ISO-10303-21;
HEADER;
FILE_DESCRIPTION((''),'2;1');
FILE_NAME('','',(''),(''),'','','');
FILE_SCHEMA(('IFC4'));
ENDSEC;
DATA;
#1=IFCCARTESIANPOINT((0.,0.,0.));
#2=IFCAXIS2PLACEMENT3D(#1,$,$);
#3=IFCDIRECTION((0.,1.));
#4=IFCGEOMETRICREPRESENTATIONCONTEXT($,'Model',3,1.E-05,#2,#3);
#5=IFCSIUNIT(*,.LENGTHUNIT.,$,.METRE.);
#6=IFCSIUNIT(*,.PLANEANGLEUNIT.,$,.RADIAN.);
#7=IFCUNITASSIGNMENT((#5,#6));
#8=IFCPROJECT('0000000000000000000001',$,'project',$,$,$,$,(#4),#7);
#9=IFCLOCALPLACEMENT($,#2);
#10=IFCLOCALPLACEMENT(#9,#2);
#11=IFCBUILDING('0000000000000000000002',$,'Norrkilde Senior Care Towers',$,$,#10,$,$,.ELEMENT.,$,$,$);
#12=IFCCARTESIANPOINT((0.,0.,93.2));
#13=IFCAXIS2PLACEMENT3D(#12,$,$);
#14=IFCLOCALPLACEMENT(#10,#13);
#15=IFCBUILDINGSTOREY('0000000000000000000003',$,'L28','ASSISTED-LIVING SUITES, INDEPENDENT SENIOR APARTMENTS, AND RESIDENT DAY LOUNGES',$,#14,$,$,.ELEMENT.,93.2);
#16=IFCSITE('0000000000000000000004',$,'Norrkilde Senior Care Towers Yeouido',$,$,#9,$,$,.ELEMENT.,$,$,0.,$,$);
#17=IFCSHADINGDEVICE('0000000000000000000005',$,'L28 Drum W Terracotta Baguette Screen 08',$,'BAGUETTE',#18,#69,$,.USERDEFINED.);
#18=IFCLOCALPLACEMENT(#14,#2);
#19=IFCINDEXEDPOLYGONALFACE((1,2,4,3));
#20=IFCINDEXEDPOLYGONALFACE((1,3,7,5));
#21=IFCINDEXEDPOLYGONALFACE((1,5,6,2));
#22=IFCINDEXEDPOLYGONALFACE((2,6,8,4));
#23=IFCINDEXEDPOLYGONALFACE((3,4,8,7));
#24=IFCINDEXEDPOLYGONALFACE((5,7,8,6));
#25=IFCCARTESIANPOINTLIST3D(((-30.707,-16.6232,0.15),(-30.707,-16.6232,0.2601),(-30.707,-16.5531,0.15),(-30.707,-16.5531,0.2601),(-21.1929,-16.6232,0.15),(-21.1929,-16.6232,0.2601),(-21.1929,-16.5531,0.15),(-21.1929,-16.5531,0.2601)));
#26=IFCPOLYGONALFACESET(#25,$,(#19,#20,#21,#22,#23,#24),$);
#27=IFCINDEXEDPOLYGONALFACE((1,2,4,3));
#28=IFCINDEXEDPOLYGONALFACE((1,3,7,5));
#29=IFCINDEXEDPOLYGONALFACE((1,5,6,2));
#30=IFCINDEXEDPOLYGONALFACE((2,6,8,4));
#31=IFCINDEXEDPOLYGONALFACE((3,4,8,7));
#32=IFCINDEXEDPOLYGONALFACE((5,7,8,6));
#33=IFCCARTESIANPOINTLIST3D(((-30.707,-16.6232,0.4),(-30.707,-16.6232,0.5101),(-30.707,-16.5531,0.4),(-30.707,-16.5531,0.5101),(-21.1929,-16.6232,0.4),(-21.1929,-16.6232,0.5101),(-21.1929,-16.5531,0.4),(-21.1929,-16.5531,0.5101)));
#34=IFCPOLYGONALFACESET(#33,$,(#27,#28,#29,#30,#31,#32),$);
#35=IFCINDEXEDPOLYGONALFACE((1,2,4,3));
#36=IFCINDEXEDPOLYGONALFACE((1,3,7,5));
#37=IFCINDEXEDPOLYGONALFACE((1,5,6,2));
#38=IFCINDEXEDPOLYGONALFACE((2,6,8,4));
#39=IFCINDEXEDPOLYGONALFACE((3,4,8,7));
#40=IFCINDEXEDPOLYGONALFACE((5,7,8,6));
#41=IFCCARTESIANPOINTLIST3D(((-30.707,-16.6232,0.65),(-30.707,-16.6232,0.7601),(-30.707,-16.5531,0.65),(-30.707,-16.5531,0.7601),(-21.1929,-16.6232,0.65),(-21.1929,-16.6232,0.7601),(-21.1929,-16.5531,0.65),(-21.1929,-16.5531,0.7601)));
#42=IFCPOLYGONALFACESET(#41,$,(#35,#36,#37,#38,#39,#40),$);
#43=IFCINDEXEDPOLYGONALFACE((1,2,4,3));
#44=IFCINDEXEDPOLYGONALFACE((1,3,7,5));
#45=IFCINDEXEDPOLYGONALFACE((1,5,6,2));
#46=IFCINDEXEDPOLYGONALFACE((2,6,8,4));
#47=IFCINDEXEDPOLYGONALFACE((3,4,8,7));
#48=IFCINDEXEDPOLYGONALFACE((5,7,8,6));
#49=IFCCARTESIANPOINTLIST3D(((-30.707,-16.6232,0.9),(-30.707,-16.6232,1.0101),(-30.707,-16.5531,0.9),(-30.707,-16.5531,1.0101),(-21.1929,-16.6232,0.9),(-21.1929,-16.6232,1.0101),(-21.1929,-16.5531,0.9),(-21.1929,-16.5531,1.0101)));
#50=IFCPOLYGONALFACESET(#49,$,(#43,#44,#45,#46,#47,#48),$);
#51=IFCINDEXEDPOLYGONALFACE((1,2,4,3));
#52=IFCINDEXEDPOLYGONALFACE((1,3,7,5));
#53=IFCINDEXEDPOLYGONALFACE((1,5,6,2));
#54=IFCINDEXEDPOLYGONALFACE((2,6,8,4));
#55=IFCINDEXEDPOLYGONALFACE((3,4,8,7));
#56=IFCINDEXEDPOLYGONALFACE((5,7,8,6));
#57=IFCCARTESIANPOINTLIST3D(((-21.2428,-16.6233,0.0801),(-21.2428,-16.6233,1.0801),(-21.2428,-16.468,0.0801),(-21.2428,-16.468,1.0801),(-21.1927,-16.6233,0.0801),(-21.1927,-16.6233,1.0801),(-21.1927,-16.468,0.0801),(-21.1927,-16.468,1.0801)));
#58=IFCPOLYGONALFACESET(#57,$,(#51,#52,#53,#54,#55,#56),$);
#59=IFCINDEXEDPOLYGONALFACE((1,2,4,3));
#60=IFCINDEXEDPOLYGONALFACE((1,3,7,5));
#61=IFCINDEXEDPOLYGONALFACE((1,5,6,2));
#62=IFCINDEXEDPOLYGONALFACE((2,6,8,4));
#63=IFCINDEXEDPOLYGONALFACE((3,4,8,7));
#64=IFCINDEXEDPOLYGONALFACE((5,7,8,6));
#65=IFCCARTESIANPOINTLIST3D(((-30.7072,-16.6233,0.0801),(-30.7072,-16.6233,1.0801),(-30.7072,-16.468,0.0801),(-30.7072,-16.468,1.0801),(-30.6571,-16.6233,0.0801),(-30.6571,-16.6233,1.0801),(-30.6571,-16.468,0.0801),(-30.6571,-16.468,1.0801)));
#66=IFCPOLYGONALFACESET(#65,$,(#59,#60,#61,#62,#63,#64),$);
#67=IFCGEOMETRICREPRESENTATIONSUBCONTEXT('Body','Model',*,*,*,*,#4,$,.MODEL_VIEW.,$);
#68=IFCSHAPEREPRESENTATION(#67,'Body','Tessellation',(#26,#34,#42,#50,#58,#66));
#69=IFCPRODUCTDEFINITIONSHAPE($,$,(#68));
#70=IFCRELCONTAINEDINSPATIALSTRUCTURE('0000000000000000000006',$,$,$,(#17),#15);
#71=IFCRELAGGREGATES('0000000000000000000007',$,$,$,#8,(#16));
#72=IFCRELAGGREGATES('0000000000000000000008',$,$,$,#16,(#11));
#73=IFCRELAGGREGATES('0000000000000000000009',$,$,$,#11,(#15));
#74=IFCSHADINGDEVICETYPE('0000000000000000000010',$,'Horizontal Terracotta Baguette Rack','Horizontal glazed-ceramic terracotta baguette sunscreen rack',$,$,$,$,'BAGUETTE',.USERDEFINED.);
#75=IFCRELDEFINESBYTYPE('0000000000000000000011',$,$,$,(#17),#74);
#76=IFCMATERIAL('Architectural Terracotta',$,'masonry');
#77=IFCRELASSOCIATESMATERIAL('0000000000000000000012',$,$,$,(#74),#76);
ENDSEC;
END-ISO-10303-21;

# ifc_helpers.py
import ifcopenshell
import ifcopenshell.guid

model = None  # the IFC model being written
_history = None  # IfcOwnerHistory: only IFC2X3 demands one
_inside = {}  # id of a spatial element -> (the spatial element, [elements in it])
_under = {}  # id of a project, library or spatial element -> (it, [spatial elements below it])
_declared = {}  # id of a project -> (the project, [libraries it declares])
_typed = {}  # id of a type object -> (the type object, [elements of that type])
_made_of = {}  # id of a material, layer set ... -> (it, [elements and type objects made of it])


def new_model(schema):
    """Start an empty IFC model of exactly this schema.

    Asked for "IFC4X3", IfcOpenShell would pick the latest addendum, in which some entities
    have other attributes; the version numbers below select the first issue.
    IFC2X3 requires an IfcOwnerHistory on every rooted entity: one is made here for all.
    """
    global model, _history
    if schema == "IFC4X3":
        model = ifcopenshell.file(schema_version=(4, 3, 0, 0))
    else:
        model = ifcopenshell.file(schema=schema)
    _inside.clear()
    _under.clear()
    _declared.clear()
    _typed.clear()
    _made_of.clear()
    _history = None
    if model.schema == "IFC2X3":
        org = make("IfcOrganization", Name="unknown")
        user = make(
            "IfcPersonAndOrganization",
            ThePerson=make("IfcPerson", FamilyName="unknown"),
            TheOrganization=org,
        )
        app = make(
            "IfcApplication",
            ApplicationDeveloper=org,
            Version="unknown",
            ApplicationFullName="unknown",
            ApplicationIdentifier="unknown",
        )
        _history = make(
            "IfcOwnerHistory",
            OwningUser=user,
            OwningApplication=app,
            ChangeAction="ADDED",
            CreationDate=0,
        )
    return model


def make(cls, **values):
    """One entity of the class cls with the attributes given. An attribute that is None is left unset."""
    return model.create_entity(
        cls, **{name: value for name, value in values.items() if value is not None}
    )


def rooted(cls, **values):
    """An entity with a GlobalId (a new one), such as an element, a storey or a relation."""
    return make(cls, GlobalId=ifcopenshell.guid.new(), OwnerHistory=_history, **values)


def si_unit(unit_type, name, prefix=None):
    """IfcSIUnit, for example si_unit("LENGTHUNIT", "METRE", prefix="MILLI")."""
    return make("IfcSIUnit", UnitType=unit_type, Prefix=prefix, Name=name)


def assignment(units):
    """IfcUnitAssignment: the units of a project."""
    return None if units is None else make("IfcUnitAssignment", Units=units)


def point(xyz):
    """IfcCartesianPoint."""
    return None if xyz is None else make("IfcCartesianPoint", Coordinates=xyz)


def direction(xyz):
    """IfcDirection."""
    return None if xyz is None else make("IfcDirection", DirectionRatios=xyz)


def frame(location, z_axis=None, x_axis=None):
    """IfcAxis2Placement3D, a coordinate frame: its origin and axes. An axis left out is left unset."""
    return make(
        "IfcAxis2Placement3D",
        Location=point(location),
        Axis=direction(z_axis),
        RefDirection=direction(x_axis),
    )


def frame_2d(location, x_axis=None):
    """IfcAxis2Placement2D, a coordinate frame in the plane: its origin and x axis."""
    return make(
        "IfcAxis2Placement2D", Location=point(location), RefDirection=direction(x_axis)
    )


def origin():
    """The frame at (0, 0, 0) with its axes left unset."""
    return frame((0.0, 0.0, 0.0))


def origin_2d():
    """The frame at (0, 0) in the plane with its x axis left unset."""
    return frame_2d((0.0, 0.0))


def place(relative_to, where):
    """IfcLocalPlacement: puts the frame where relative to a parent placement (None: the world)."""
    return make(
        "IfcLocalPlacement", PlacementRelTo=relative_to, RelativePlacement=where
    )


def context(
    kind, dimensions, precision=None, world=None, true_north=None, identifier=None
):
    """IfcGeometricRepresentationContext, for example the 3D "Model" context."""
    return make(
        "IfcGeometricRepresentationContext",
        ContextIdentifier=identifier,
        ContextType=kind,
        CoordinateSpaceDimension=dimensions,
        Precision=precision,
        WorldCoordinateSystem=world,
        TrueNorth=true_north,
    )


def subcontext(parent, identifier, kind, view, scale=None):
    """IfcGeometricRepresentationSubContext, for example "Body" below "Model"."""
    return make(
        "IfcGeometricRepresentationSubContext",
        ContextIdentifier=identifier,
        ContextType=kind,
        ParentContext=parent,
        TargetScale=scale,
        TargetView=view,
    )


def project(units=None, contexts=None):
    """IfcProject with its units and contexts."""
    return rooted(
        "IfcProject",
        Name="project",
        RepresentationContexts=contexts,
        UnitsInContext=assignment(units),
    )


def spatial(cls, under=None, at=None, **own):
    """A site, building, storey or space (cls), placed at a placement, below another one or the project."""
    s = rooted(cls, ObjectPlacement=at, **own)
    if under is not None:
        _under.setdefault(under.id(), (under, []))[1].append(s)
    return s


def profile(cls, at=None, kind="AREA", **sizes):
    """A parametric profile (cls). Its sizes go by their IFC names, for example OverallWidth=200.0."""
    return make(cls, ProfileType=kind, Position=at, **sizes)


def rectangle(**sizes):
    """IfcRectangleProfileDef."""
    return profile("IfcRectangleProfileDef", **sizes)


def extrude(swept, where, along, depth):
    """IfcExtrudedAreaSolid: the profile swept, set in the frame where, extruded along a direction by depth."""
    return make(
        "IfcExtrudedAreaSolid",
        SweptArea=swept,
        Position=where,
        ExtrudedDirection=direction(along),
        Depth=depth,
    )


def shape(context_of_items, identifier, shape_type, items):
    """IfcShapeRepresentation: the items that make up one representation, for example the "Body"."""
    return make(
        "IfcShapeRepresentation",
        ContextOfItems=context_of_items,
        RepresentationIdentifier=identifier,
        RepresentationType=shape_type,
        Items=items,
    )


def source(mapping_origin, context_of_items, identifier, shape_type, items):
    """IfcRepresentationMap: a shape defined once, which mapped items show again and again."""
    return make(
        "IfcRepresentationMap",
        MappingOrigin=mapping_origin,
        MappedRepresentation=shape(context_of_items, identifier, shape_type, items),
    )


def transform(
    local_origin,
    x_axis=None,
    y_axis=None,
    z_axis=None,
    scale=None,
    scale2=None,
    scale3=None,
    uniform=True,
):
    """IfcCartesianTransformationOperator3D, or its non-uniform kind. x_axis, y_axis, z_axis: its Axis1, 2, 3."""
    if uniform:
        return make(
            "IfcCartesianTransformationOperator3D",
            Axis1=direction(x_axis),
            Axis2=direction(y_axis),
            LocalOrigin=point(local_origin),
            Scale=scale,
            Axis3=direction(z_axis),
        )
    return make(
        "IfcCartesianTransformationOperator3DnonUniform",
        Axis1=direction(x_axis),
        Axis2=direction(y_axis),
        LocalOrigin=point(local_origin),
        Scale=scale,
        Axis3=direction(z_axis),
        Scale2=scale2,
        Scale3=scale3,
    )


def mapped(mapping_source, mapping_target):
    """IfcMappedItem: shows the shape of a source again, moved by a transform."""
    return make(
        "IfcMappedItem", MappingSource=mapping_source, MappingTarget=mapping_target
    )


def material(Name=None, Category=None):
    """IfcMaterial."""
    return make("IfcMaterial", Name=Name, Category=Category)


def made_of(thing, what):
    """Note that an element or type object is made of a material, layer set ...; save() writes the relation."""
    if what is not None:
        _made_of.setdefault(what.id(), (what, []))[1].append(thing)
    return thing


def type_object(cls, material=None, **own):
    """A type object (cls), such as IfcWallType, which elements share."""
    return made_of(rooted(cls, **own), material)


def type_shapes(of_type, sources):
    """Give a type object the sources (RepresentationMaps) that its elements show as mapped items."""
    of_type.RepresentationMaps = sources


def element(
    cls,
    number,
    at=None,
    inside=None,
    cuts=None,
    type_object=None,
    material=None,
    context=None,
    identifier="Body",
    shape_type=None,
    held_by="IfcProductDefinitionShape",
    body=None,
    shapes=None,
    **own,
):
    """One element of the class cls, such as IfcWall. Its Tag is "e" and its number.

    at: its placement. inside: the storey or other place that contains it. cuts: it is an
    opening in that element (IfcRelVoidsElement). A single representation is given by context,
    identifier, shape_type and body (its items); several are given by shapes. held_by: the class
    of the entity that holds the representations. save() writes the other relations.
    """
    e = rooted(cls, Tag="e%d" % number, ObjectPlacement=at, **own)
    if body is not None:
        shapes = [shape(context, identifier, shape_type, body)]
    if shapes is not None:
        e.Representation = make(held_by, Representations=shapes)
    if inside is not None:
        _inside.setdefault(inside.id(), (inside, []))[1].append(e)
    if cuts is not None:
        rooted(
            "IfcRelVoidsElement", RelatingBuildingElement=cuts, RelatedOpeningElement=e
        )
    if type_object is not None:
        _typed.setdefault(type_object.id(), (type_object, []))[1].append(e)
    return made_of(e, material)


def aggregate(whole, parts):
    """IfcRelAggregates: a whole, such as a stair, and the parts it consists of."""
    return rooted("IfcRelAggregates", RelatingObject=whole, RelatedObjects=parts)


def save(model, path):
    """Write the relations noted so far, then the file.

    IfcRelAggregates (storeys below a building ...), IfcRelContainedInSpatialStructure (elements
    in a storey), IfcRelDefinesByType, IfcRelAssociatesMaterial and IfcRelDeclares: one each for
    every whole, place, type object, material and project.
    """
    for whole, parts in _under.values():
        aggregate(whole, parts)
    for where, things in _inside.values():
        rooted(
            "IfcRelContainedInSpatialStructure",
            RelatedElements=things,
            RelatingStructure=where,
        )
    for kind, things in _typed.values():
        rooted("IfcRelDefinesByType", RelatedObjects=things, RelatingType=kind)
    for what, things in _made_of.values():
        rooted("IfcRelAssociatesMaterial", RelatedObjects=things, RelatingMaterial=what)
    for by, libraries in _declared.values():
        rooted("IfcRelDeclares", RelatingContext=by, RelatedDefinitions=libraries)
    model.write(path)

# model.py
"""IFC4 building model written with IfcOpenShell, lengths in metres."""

from ifc_helpers import new_model, si_unit, direction, frame, origin, origin_2d, place, context, subcontext, project, spatial, rectangle, extrude, source, transform, mapped, material, type_object, type_shapes, element, save


model = new_model("IFC4")

# Units and contexts
model_context = context("Model", 3, precision=1e-05, world=origin(), true_north=direction((0.0, 1.0)))
body_context = subcontext(model_context, "Body", "Model", "MODEL_VIEW")
ifc_project = project(units=[si_unit("LENGTHUNIT", "METRE"), si_unit("PLANEANGLEUNIT", "RADIAN")], contexts=[model_context])

# Site, building, storey
site_placement = place(None, origin())
site = spatial("IfcSite", under=ifc_project, at=site_placement, Name="Norrkilde Senior Care Towers Yeouido", CompositionType="ELEMENT", RefElevation=0.0)
building_placement = place(site_placement, origin())
building = spatial("IfcBuilding", under=site, at=building_placement, Name="Norrkilde Senior Care Towers", CompositionType="ELEMENT")
storey_placement = place(building_placement, frame((0.0, 0.0, 93.2)))
storey = spatial("IfcBuildingStorey", under=building, at=storey_placement, Name="L28", Description="ASSISTED-LIVING SUITES, INDEPENDENT SENIOR APARTMENTS, AND RESIDENT DAY LOUNGES", CompositionType="ELEMENT", Elevation=93.2)

# Shading device
ifc_material_1 = material(Name="Architectural Terracotta", Category="masonry")
shading_device_type = type_object("IfcShadingDeviceType", Name="Horizontal Terracotta Baguette Rack", Description="Horizontal glazed-ceramic terracotta baguette sunscreen rack", ElementType="BAGUETTE", PredefinedType="USERDEFINED", material=ifc_material_1)
shared_shape_1 = source(origin(), body_context, "Body", "SweptSolid", [
    extrude(rectangle(XDim=0.0701, YDim=0.1101, at=origin_2d()), frame((0.0, 0.0901, 0.125), z_axis=(1.0, 0.0, 0.0), x_axis=(0.0, 1.0, 0.0)), (0.0, 0.0, 1.0), 9.5142),
    extrude(rectangle(XDim=0.0701, YDim=0.1101, at=origin_2d()), frame((0.0, 0.0901, 0.375), z_axis=(1.0, 0.0, 0.0), x_axis=(0.0, 1.0, 0.0)), (0.0, 0.0, 1.0), 9.5142),
    extrude(rectangle(XDim=0.0701, YDim=0.1101, at=origin_2d()), frame((0.0, 0.0901, 0.625), z_axis=(1.0, 0.0, 0.0), x_axis=(0.0, 1.0, 0.0)), (0.0, 0.0, 1.0), 9.5142),
    extrude(rectangle(XDim=0.0701, YDim=0.1101, at=origin_2d()), frame((0.0, 0.0901, 0.875), z_axis=(1.0, 0.0, 0.0), x_axis=(0.0, 1.0, 0.0)), (0.0, 0.0, 1.0), 9.5142),
    extrude(rectangle(XDim=0.05, YDim=0.1553, at=origin_2d()), frame((0.0249, 0.0476, 0.0)), (0.0, 0.0, 1.0), 1.0),
    extrude(rectangle(XDim=0.05, YDim=0.1553, at=origin_2d()), frame((9.4893, 0.0476, 0.0)), (0.0, 0.0, 1.0), 1.0),
])
type_shapes(shading_device_type, [shared_shape_1])
shading_device_placement = place(storey_placement, frame((-21.1929, -16.498, 0.0801), z_axis=(0.0, 0.0, 1.0), x_axis=(-1.0, 0.0, 0.0)))
element("IfcShadingDevice", 1, at=shading_device_placement, inside=storey, type_object=shading_device_type, Name="L28 Drum W Terracotta Baguette Screen 08", ObjectType="BAGUETTE", PredefinedType="USERDEFINED", context=body_context, shape_type="MappedRepresentation", body=[
    mapped(shared_shape_1, transform((0.0, 0.0, 0.0), x_axis=(1.0, 0.0, 0.0), y_axis=(0.0, 1.0, 0.0), z_axis=(0.0, 0.0, 1.0), scale=1.0)),
])

save(model, "model.ifc")
